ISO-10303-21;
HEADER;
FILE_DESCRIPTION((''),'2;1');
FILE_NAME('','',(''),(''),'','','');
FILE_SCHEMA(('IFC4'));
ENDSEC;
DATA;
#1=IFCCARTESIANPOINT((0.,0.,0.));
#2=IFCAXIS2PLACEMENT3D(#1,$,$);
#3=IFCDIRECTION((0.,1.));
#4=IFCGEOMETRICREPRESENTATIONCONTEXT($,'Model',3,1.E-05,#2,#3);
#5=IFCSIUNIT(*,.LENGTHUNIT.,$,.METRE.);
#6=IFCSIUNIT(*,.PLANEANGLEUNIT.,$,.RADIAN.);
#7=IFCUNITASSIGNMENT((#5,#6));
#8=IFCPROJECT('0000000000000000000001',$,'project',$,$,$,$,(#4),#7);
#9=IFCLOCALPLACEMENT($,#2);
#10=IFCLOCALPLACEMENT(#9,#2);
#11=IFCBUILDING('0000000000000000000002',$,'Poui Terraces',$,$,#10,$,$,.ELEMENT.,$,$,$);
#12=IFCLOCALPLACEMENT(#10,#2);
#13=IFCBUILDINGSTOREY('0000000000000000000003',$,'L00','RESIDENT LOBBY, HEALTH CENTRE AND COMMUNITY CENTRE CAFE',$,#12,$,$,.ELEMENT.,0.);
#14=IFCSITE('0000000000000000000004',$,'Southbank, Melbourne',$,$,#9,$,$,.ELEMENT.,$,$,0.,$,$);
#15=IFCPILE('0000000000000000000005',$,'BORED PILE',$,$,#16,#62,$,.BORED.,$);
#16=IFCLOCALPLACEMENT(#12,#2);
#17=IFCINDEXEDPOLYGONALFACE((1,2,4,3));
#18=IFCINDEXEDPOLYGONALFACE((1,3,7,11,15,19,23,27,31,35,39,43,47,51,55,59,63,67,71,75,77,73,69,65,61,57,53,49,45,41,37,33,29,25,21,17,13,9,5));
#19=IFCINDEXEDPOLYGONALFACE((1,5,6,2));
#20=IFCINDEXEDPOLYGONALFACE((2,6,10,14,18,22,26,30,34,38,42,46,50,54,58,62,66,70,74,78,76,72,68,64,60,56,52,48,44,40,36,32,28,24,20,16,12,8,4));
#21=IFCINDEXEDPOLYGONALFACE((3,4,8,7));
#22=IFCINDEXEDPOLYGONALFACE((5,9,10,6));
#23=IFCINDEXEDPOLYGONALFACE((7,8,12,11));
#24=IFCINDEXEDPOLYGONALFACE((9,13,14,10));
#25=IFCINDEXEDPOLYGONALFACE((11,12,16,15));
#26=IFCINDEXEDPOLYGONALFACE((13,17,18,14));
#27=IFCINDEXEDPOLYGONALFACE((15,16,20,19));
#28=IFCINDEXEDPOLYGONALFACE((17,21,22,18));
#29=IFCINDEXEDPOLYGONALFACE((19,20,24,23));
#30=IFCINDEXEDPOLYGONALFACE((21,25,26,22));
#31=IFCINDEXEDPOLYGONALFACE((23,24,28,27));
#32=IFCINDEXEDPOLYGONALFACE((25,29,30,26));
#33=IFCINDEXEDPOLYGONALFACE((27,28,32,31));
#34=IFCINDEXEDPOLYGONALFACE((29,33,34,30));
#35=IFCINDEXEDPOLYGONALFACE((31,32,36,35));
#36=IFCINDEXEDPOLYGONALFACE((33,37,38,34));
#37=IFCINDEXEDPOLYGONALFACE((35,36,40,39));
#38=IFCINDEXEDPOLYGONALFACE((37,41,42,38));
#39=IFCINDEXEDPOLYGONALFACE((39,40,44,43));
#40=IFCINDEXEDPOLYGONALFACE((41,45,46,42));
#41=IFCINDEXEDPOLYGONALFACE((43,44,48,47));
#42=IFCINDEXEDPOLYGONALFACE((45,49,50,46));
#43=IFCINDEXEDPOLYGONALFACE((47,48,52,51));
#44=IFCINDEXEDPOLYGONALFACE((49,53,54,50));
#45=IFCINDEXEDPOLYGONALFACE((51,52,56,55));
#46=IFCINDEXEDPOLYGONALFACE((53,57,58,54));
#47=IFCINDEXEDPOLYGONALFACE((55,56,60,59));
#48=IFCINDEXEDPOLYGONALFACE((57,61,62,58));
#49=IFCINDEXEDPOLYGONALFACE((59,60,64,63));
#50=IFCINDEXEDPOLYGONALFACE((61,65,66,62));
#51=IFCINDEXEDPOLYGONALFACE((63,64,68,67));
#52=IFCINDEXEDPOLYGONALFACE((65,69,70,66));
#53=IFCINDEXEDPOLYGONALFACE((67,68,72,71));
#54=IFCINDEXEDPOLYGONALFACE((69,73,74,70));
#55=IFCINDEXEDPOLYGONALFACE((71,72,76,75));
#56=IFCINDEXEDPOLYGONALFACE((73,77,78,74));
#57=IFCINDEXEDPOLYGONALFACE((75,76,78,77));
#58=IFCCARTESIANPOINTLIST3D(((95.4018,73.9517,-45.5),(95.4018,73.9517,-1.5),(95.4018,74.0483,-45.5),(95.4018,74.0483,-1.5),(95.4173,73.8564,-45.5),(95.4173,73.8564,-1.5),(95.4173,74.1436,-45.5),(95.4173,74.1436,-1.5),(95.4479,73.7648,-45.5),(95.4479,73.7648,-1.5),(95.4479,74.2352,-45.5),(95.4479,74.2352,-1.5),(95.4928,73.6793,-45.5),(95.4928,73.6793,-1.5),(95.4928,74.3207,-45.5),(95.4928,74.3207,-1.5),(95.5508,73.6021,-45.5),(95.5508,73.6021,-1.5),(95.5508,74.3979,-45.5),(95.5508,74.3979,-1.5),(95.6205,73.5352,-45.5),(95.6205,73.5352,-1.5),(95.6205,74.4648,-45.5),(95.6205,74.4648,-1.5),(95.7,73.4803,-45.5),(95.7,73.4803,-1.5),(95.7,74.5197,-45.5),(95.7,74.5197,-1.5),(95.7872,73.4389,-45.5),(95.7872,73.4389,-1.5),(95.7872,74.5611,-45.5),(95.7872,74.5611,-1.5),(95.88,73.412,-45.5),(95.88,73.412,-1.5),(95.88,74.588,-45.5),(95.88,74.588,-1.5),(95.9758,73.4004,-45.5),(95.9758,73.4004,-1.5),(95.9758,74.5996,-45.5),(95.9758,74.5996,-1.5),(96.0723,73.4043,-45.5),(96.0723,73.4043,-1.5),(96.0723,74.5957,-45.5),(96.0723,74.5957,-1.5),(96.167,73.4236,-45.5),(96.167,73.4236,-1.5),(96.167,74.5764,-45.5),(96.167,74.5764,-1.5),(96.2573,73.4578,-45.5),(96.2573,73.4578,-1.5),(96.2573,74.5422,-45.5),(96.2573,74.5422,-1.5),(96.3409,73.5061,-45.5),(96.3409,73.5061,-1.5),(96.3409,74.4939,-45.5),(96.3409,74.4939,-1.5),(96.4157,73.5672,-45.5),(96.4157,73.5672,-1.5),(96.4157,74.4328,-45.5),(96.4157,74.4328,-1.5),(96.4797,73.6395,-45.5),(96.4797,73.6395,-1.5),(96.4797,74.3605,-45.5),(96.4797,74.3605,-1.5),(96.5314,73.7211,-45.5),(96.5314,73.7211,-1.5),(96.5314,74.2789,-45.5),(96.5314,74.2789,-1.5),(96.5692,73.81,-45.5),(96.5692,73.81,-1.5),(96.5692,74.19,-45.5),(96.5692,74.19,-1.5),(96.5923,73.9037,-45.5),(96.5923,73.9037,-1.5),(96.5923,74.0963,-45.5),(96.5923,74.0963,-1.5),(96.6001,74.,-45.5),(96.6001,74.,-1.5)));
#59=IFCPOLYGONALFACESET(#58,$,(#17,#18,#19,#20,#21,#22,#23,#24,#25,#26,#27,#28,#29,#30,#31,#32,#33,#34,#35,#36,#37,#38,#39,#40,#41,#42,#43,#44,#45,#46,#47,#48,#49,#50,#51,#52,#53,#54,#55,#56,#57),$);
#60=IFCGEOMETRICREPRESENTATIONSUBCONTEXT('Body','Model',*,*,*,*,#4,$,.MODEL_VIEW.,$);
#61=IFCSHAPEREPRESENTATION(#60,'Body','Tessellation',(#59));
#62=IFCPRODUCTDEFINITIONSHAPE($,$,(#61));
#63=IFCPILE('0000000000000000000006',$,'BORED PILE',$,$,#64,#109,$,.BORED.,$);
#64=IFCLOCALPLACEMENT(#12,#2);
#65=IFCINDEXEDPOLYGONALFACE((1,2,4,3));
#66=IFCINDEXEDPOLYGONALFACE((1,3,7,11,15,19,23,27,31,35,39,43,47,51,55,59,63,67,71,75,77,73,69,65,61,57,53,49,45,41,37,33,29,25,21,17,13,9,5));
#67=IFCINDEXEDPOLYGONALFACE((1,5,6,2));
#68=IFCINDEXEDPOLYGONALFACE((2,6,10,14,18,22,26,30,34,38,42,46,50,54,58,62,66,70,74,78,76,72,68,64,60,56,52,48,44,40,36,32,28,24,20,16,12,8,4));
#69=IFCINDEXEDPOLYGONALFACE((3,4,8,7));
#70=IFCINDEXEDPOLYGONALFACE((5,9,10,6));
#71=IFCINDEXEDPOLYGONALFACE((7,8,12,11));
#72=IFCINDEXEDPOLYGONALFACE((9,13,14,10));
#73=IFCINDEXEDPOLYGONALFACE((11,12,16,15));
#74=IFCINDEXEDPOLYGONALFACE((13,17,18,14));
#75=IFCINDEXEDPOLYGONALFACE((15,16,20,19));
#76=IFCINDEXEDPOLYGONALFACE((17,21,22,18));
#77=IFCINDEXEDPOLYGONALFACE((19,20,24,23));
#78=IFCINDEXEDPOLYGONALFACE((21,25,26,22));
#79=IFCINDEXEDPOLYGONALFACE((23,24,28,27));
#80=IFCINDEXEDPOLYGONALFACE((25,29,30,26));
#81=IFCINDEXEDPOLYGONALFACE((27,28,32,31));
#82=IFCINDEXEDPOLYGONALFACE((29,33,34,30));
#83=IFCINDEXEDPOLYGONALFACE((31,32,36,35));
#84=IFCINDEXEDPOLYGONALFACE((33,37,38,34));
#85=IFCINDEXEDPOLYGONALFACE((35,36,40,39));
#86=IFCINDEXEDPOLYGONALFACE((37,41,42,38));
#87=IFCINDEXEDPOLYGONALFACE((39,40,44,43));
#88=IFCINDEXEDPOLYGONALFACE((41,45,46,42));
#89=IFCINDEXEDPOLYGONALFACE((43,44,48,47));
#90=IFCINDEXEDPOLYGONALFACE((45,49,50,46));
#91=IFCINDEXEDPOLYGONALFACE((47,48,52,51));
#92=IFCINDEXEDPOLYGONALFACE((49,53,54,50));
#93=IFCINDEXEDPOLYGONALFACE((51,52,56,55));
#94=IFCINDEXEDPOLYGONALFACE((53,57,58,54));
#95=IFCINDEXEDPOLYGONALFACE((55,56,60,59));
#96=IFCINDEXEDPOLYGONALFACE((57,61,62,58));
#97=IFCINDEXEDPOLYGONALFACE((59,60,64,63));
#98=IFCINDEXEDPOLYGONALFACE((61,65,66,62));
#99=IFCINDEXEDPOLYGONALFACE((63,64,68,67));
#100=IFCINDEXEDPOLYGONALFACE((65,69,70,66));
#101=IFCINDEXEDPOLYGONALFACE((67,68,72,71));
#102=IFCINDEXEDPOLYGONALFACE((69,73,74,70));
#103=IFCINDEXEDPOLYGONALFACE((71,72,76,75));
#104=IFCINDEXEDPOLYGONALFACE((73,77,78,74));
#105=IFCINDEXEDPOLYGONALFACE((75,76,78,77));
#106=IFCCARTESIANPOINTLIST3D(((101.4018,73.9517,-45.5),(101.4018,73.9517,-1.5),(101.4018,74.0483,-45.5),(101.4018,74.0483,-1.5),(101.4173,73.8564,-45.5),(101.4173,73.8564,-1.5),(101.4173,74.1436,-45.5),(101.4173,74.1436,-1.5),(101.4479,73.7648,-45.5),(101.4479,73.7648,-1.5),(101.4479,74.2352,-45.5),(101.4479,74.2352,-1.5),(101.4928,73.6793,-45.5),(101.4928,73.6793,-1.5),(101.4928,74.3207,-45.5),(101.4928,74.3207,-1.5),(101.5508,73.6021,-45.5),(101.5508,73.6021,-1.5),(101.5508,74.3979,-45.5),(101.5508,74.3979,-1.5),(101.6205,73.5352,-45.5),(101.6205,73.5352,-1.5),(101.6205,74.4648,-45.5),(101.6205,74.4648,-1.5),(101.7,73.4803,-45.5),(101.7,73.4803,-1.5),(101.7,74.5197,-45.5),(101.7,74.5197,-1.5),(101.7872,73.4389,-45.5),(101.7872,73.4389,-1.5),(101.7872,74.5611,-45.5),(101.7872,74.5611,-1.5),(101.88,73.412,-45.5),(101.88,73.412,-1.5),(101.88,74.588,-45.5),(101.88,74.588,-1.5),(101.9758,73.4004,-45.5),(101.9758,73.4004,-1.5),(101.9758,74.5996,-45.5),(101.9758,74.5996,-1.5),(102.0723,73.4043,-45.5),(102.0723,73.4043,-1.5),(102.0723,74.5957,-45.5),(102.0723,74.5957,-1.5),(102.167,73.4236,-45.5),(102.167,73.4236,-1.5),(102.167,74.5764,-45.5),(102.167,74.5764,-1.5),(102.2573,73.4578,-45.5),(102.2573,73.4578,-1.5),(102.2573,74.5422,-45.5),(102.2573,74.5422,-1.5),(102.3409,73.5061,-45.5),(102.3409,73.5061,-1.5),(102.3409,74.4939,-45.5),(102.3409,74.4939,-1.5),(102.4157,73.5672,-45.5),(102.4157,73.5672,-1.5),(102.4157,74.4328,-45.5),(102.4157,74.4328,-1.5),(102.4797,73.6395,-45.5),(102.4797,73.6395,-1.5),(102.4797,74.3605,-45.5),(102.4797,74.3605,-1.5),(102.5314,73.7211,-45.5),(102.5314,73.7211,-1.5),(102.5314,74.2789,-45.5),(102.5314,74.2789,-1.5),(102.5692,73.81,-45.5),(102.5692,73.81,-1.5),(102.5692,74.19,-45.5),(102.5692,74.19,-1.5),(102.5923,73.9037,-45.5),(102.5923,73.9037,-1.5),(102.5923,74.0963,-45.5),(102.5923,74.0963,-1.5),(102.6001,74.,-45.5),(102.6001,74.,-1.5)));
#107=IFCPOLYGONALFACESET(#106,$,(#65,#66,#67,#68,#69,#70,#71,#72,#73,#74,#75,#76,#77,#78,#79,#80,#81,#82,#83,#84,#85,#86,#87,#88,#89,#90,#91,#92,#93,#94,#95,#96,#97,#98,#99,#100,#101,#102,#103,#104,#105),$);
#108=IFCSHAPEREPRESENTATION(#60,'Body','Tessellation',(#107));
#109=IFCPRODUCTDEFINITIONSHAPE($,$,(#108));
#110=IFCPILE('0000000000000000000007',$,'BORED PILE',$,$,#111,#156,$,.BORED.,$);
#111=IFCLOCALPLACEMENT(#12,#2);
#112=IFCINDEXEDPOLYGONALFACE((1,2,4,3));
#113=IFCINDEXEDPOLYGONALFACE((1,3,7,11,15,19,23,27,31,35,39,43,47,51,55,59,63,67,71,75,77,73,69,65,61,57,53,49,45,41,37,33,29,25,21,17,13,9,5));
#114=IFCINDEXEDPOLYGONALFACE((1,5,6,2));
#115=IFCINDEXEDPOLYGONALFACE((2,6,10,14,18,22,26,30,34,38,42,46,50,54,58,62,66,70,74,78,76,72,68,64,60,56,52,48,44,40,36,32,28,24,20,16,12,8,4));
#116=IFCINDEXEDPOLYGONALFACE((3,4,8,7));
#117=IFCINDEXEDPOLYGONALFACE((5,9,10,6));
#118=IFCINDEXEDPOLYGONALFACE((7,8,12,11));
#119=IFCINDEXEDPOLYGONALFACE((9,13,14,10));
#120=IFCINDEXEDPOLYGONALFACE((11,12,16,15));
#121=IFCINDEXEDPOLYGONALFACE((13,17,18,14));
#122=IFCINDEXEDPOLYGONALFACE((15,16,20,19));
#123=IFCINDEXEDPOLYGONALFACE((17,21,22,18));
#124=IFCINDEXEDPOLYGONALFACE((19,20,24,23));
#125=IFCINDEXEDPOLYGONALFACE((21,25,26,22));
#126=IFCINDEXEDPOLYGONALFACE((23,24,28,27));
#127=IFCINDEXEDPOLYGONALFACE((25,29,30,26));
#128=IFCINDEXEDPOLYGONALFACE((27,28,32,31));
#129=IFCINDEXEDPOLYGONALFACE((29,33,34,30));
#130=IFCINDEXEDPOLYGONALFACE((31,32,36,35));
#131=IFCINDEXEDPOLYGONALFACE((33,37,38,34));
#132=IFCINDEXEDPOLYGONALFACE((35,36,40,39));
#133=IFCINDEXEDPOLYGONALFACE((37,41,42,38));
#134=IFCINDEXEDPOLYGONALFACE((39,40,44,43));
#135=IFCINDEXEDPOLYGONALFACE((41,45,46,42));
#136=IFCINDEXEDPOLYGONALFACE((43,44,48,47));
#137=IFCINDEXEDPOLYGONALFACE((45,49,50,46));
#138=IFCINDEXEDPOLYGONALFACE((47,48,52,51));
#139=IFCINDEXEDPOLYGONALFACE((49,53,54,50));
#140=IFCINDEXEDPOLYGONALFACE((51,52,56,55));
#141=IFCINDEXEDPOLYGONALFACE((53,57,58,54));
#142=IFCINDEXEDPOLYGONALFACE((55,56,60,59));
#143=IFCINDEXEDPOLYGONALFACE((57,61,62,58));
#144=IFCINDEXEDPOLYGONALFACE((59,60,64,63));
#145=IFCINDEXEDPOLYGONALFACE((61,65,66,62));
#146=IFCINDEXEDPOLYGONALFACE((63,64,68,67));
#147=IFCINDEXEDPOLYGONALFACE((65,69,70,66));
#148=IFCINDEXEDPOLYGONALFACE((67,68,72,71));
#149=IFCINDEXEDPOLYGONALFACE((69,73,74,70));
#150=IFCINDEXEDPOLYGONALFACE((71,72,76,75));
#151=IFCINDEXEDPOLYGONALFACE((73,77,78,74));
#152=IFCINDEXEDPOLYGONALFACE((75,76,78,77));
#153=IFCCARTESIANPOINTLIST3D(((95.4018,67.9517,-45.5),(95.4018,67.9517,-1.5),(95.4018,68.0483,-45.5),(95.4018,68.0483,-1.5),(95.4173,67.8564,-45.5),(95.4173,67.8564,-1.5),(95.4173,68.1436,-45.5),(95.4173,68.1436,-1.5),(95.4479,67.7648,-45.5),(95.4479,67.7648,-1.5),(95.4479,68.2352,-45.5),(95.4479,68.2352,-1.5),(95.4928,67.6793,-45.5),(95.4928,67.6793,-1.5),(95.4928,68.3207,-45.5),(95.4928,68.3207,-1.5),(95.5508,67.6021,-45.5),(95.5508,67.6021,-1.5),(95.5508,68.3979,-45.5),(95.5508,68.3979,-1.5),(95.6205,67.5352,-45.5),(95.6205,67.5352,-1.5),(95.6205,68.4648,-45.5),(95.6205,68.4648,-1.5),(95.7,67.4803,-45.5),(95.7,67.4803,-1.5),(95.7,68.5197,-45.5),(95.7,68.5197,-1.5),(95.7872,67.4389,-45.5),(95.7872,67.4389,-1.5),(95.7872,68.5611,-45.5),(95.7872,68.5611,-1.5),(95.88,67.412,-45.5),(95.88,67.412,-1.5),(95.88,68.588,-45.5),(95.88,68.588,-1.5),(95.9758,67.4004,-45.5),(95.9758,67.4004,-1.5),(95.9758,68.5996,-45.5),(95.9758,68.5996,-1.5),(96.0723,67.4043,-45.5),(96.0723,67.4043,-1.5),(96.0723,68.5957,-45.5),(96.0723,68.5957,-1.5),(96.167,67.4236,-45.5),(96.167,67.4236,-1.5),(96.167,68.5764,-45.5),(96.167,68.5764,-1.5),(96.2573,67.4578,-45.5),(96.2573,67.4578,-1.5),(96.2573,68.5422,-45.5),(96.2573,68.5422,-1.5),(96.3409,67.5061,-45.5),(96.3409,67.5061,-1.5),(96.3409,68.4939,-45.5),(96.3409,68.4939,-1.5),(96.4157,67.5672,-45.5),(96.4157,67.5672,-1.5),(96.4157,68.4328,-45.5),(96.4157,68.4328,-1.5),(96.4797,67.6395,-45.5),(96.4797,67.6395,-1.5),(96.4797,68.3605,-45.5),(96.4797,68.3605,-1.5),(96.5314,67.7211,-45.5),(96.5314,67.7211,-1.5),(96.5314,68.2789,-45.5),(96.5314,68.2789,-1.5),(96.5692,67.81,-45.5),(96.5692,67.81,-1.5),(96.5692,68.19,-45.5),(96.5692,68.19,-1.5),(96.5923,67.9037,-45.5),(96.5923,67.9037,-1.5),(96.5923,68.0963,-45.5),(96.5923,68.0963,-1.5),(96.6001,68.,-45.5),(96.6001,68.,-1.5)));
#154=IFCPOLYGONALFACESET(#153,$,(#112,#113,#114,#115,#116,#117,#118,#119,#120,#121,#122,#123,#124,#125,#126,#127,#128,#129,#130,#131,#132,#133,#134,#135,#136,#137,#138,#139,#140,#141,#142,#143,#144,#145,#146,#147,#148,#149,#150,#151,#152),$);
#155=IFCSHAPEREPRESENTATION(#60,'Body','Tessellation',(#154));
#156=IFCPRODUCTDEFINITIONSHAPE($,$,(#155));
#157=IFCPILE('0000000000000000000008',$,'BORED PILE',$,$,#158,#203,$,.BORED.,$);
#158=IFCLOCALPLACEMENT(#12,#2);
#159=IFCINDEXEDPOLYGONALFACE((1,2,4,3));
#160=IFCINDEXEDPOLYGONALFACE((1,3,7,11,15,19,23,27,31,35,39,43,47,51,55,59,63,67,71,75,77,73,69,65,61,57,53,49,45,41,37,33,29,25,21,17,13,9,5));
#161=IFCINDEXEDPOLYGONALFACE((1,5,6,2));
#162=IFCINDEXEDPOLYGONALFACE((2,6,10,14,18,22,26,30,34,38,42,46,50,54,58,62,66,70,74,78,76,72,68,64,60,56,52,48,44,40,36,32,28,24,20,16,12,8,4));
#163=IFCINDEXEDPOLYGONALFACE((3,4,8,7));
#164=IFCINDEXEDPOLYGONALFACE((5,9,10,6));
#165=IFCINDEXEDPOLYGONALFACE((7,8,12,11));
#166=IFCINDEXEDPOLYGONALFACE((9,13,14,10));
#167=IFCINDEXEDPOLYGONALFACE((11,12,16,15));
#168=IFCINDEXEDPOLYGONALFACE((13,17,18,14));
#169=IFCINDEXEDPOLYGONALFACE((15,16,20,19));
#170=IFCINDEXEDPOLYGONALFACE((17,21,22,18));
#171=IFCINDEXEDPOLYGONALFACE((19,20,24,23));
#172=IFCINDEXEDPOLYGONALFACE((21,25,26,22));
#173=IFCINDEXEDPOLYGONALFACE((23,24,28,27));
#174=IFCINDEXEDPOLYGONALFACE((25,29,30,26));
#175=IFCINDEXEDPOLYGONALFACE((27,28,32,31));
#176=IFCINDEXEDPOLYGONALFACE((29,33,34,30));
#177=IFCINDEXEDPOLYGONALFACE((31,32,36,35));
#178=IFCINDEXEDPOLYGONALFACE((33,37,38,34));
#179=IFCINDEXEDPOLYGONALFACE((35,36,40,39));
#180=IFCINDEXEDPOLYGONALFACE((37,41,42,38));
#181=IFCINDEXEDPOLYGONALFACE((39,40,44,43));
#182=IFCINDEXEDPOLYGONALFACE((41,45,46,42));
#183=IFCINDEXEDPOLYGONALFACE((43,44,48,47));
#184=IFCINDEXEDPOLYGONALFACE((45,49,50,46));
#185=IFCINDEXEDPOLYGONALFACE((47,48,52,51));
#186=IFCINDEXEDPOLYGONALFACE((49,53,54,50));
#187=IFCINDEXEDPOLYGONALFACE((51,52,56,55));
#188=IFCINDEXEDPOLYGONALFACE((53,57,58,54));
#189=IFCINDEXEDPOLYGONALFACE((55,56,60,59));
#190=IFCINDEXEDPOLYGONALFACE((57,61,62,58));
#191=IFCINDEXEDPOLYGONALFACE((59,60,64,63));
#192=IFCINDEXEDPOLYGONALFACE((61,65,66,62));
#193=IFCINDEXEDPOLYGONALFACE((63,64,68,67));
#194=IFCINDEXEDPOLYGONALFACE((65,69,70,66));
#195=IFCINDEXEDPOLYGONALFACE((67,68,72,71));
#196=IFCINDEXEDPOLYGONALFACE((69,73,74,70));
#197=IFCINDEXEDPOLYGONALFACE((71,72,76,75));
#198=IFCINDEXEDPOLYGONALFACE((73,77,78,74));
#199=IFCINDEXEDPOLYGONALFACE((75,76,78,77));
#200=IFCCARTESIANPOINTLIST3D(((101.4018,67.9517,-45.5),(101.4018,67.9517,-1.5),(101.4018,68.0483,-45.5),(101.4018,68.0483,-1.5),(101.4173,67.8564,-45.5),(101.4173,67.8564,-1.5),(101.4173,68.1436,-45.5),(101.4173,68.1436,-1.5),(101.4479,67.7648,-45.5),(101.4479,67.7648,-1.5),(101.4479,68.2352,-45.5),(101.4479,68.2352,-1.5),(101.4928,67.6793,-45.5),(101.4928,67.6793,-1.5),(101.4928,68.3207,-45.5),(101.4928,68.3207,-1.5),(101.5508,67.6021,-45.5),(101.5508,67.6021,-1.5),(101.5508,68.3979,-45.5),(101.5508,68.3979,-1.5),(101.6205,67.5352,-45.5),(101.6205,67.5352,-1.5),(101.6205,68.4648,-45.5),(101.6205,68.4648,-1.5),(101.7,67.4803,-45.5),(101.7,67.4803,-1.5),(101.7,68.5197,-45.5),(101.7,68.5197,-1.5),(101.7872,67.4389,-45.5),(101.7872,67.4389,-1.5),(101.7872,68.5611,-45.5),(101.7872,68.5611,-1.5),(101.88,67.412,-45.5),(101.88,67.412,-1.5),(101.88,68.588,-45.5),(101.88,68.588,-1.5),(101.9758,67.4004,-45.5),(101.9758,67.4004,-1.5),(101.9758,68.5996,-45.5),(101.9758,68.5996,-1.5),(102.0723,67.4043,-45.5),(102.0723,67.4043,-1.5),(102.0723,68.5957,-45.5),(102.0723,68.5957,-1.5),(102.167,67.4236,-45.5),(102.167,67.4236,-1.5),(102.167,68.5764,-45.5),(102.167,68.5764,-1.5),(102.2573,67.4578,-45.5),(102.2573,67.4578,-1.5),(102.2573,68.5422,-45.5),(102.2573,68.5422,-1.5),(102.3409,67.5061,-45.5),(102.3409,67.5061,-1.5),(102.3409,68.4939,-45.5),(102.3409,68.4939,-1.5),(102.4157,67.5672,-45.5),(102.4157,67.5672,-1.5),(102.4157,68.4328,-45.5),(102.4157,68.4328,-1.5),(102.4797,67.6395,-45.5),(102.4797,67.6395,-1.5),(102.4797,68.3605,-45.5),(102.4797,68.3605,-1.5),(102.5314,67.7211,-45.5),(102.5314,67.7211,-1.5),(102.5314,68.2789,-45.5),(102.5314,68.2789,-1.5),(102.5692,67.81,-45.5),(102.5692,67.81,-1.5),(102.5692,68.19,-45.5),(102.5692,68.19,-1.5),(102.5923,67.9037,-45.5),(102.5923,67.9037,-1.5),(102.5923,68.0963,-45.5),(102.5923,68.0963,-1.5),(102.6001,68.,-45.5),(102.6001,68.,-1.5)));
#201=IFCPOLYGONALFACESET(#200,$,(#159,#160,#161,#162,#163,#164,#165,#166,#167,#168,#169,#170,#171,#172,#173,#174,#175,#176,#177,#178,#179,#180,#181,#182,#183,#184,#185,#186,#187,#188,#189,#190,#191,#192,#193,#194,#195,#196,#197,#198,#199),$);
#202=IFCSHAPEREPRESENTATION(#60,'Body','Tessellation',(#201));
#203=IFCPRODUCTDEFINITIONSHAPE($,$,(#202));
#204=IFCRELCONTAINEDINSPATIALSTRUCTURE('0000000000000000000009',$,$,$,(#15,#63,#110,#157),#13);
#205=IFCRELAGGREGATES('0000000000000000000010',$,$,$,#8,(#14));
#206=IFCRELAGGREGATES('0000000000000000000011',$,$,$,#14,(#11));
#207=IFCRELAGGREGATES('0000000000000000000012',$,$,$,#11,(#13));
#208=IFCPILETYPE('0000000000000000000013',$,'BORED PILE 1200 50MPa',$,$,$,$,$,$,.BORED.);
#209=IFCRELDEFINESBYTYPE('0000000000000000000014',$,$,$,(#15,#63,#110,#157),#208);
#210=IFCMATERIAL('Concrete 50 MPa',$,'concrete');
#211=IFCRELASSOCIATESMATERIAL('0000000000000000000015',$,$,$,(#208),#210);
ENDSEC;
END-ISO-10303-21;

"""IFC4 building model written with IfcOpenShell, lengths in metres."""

from ifc_helpers import new_model, si_unit, direction, frame, origin, origin_2d, place, context, subcontext, project, spatial, circle, extrude, material, material_profile, profile_set, type_object, element, save


model = new_model("IFC4")

# Units and contexts
model_context = context("Model", 3, precision=1e-05, world=origin(), true_north=direction((0.0, 1.0)))
body_context = subcontext(model_context, "Body", "Model", "MODEL_VIEW")
ifc_project = project(units=[si_unit("LENGTHUNIT", "METRE"), si_unit("PLANEANGLEUNIT", "RADIAN")], contexts=[model_context])

# Site, building, storey
site_placement = place(None, origin())
site = spatial("IfcSite", under=ifc_project, at=site_placement, Name="Southbank, Melbourne", CompositionType="ELEMENT", RefElevation=0.0)
building_placement = place(site_placement, origin())
building = spatial("IfcBuilding", under=site, at=building_placement, Name="Poui Terraces", CompositionType="ELEMENT")
storey_placement = place(building_placement, origin())
storey = spatial("IfcBuildingStorey", under=building, at=storey_placement, Name="L00", Description="RESIDENT LOBBY, HEALTH CENTRE AND COMMUNITY CENTRE CAFE", CompositionType="ELEMENT", Elevation=0.0)

# Piles
ifc_material_1 = material(Name="Concrete 50 MPa", Category="concrete")
ifc_material_profile_1 = material_profile(ifc_material_1, circle(Radius=0.6001, at=origin_2d()), Name="RC D1200")
ifc_profile_set_1 = profile_set([ifc_material_profile_1], Name="Concrete 50 MPa")
pile_type = type_object("IfcPileType", Name="BORED PILE 1200 50MPa", PredefinedType="BORED", material=ifc_profile_set_1)
for number, where, z_axis, x_axis, name in (
    (1, (96.0, 74.0, -1.5), (0.0, 0.0, -1.0), (1.0, 0.0, 0.0), "BORED PILE"),
    (2, (102.0, 74.0, -1.5), (0.0, 0.0, -1.0), (1.0, 0.0, 0.0), "BORED PILE"),
    (3, (96.0, 68.0, -1.5), (0.0, 0.0, -1.0), (1.0, 0.0, 0.0), "BORED PILE"),
    (4, (102.0, 68.0, -1.5), (0.0, 0.0, -1.0), (1.0, 0.0, 0.0), "BORED PILE"),
):
    element("IfcPile", number, at=place(storey_placement, frame(where, z_axis=z_axis, x_axis=x_axis)), inside=storey, type_object=pile_type, Name=name, PredefinedType="BORED", context=body_context, shape_type="SweptSolid", body=[
        extrude(circle(Radius=0.6001, at=origin_2d()), origin(), (0.0, 0.0, 1.0), 44.0),
    ])

save(model, "model.ifc")
